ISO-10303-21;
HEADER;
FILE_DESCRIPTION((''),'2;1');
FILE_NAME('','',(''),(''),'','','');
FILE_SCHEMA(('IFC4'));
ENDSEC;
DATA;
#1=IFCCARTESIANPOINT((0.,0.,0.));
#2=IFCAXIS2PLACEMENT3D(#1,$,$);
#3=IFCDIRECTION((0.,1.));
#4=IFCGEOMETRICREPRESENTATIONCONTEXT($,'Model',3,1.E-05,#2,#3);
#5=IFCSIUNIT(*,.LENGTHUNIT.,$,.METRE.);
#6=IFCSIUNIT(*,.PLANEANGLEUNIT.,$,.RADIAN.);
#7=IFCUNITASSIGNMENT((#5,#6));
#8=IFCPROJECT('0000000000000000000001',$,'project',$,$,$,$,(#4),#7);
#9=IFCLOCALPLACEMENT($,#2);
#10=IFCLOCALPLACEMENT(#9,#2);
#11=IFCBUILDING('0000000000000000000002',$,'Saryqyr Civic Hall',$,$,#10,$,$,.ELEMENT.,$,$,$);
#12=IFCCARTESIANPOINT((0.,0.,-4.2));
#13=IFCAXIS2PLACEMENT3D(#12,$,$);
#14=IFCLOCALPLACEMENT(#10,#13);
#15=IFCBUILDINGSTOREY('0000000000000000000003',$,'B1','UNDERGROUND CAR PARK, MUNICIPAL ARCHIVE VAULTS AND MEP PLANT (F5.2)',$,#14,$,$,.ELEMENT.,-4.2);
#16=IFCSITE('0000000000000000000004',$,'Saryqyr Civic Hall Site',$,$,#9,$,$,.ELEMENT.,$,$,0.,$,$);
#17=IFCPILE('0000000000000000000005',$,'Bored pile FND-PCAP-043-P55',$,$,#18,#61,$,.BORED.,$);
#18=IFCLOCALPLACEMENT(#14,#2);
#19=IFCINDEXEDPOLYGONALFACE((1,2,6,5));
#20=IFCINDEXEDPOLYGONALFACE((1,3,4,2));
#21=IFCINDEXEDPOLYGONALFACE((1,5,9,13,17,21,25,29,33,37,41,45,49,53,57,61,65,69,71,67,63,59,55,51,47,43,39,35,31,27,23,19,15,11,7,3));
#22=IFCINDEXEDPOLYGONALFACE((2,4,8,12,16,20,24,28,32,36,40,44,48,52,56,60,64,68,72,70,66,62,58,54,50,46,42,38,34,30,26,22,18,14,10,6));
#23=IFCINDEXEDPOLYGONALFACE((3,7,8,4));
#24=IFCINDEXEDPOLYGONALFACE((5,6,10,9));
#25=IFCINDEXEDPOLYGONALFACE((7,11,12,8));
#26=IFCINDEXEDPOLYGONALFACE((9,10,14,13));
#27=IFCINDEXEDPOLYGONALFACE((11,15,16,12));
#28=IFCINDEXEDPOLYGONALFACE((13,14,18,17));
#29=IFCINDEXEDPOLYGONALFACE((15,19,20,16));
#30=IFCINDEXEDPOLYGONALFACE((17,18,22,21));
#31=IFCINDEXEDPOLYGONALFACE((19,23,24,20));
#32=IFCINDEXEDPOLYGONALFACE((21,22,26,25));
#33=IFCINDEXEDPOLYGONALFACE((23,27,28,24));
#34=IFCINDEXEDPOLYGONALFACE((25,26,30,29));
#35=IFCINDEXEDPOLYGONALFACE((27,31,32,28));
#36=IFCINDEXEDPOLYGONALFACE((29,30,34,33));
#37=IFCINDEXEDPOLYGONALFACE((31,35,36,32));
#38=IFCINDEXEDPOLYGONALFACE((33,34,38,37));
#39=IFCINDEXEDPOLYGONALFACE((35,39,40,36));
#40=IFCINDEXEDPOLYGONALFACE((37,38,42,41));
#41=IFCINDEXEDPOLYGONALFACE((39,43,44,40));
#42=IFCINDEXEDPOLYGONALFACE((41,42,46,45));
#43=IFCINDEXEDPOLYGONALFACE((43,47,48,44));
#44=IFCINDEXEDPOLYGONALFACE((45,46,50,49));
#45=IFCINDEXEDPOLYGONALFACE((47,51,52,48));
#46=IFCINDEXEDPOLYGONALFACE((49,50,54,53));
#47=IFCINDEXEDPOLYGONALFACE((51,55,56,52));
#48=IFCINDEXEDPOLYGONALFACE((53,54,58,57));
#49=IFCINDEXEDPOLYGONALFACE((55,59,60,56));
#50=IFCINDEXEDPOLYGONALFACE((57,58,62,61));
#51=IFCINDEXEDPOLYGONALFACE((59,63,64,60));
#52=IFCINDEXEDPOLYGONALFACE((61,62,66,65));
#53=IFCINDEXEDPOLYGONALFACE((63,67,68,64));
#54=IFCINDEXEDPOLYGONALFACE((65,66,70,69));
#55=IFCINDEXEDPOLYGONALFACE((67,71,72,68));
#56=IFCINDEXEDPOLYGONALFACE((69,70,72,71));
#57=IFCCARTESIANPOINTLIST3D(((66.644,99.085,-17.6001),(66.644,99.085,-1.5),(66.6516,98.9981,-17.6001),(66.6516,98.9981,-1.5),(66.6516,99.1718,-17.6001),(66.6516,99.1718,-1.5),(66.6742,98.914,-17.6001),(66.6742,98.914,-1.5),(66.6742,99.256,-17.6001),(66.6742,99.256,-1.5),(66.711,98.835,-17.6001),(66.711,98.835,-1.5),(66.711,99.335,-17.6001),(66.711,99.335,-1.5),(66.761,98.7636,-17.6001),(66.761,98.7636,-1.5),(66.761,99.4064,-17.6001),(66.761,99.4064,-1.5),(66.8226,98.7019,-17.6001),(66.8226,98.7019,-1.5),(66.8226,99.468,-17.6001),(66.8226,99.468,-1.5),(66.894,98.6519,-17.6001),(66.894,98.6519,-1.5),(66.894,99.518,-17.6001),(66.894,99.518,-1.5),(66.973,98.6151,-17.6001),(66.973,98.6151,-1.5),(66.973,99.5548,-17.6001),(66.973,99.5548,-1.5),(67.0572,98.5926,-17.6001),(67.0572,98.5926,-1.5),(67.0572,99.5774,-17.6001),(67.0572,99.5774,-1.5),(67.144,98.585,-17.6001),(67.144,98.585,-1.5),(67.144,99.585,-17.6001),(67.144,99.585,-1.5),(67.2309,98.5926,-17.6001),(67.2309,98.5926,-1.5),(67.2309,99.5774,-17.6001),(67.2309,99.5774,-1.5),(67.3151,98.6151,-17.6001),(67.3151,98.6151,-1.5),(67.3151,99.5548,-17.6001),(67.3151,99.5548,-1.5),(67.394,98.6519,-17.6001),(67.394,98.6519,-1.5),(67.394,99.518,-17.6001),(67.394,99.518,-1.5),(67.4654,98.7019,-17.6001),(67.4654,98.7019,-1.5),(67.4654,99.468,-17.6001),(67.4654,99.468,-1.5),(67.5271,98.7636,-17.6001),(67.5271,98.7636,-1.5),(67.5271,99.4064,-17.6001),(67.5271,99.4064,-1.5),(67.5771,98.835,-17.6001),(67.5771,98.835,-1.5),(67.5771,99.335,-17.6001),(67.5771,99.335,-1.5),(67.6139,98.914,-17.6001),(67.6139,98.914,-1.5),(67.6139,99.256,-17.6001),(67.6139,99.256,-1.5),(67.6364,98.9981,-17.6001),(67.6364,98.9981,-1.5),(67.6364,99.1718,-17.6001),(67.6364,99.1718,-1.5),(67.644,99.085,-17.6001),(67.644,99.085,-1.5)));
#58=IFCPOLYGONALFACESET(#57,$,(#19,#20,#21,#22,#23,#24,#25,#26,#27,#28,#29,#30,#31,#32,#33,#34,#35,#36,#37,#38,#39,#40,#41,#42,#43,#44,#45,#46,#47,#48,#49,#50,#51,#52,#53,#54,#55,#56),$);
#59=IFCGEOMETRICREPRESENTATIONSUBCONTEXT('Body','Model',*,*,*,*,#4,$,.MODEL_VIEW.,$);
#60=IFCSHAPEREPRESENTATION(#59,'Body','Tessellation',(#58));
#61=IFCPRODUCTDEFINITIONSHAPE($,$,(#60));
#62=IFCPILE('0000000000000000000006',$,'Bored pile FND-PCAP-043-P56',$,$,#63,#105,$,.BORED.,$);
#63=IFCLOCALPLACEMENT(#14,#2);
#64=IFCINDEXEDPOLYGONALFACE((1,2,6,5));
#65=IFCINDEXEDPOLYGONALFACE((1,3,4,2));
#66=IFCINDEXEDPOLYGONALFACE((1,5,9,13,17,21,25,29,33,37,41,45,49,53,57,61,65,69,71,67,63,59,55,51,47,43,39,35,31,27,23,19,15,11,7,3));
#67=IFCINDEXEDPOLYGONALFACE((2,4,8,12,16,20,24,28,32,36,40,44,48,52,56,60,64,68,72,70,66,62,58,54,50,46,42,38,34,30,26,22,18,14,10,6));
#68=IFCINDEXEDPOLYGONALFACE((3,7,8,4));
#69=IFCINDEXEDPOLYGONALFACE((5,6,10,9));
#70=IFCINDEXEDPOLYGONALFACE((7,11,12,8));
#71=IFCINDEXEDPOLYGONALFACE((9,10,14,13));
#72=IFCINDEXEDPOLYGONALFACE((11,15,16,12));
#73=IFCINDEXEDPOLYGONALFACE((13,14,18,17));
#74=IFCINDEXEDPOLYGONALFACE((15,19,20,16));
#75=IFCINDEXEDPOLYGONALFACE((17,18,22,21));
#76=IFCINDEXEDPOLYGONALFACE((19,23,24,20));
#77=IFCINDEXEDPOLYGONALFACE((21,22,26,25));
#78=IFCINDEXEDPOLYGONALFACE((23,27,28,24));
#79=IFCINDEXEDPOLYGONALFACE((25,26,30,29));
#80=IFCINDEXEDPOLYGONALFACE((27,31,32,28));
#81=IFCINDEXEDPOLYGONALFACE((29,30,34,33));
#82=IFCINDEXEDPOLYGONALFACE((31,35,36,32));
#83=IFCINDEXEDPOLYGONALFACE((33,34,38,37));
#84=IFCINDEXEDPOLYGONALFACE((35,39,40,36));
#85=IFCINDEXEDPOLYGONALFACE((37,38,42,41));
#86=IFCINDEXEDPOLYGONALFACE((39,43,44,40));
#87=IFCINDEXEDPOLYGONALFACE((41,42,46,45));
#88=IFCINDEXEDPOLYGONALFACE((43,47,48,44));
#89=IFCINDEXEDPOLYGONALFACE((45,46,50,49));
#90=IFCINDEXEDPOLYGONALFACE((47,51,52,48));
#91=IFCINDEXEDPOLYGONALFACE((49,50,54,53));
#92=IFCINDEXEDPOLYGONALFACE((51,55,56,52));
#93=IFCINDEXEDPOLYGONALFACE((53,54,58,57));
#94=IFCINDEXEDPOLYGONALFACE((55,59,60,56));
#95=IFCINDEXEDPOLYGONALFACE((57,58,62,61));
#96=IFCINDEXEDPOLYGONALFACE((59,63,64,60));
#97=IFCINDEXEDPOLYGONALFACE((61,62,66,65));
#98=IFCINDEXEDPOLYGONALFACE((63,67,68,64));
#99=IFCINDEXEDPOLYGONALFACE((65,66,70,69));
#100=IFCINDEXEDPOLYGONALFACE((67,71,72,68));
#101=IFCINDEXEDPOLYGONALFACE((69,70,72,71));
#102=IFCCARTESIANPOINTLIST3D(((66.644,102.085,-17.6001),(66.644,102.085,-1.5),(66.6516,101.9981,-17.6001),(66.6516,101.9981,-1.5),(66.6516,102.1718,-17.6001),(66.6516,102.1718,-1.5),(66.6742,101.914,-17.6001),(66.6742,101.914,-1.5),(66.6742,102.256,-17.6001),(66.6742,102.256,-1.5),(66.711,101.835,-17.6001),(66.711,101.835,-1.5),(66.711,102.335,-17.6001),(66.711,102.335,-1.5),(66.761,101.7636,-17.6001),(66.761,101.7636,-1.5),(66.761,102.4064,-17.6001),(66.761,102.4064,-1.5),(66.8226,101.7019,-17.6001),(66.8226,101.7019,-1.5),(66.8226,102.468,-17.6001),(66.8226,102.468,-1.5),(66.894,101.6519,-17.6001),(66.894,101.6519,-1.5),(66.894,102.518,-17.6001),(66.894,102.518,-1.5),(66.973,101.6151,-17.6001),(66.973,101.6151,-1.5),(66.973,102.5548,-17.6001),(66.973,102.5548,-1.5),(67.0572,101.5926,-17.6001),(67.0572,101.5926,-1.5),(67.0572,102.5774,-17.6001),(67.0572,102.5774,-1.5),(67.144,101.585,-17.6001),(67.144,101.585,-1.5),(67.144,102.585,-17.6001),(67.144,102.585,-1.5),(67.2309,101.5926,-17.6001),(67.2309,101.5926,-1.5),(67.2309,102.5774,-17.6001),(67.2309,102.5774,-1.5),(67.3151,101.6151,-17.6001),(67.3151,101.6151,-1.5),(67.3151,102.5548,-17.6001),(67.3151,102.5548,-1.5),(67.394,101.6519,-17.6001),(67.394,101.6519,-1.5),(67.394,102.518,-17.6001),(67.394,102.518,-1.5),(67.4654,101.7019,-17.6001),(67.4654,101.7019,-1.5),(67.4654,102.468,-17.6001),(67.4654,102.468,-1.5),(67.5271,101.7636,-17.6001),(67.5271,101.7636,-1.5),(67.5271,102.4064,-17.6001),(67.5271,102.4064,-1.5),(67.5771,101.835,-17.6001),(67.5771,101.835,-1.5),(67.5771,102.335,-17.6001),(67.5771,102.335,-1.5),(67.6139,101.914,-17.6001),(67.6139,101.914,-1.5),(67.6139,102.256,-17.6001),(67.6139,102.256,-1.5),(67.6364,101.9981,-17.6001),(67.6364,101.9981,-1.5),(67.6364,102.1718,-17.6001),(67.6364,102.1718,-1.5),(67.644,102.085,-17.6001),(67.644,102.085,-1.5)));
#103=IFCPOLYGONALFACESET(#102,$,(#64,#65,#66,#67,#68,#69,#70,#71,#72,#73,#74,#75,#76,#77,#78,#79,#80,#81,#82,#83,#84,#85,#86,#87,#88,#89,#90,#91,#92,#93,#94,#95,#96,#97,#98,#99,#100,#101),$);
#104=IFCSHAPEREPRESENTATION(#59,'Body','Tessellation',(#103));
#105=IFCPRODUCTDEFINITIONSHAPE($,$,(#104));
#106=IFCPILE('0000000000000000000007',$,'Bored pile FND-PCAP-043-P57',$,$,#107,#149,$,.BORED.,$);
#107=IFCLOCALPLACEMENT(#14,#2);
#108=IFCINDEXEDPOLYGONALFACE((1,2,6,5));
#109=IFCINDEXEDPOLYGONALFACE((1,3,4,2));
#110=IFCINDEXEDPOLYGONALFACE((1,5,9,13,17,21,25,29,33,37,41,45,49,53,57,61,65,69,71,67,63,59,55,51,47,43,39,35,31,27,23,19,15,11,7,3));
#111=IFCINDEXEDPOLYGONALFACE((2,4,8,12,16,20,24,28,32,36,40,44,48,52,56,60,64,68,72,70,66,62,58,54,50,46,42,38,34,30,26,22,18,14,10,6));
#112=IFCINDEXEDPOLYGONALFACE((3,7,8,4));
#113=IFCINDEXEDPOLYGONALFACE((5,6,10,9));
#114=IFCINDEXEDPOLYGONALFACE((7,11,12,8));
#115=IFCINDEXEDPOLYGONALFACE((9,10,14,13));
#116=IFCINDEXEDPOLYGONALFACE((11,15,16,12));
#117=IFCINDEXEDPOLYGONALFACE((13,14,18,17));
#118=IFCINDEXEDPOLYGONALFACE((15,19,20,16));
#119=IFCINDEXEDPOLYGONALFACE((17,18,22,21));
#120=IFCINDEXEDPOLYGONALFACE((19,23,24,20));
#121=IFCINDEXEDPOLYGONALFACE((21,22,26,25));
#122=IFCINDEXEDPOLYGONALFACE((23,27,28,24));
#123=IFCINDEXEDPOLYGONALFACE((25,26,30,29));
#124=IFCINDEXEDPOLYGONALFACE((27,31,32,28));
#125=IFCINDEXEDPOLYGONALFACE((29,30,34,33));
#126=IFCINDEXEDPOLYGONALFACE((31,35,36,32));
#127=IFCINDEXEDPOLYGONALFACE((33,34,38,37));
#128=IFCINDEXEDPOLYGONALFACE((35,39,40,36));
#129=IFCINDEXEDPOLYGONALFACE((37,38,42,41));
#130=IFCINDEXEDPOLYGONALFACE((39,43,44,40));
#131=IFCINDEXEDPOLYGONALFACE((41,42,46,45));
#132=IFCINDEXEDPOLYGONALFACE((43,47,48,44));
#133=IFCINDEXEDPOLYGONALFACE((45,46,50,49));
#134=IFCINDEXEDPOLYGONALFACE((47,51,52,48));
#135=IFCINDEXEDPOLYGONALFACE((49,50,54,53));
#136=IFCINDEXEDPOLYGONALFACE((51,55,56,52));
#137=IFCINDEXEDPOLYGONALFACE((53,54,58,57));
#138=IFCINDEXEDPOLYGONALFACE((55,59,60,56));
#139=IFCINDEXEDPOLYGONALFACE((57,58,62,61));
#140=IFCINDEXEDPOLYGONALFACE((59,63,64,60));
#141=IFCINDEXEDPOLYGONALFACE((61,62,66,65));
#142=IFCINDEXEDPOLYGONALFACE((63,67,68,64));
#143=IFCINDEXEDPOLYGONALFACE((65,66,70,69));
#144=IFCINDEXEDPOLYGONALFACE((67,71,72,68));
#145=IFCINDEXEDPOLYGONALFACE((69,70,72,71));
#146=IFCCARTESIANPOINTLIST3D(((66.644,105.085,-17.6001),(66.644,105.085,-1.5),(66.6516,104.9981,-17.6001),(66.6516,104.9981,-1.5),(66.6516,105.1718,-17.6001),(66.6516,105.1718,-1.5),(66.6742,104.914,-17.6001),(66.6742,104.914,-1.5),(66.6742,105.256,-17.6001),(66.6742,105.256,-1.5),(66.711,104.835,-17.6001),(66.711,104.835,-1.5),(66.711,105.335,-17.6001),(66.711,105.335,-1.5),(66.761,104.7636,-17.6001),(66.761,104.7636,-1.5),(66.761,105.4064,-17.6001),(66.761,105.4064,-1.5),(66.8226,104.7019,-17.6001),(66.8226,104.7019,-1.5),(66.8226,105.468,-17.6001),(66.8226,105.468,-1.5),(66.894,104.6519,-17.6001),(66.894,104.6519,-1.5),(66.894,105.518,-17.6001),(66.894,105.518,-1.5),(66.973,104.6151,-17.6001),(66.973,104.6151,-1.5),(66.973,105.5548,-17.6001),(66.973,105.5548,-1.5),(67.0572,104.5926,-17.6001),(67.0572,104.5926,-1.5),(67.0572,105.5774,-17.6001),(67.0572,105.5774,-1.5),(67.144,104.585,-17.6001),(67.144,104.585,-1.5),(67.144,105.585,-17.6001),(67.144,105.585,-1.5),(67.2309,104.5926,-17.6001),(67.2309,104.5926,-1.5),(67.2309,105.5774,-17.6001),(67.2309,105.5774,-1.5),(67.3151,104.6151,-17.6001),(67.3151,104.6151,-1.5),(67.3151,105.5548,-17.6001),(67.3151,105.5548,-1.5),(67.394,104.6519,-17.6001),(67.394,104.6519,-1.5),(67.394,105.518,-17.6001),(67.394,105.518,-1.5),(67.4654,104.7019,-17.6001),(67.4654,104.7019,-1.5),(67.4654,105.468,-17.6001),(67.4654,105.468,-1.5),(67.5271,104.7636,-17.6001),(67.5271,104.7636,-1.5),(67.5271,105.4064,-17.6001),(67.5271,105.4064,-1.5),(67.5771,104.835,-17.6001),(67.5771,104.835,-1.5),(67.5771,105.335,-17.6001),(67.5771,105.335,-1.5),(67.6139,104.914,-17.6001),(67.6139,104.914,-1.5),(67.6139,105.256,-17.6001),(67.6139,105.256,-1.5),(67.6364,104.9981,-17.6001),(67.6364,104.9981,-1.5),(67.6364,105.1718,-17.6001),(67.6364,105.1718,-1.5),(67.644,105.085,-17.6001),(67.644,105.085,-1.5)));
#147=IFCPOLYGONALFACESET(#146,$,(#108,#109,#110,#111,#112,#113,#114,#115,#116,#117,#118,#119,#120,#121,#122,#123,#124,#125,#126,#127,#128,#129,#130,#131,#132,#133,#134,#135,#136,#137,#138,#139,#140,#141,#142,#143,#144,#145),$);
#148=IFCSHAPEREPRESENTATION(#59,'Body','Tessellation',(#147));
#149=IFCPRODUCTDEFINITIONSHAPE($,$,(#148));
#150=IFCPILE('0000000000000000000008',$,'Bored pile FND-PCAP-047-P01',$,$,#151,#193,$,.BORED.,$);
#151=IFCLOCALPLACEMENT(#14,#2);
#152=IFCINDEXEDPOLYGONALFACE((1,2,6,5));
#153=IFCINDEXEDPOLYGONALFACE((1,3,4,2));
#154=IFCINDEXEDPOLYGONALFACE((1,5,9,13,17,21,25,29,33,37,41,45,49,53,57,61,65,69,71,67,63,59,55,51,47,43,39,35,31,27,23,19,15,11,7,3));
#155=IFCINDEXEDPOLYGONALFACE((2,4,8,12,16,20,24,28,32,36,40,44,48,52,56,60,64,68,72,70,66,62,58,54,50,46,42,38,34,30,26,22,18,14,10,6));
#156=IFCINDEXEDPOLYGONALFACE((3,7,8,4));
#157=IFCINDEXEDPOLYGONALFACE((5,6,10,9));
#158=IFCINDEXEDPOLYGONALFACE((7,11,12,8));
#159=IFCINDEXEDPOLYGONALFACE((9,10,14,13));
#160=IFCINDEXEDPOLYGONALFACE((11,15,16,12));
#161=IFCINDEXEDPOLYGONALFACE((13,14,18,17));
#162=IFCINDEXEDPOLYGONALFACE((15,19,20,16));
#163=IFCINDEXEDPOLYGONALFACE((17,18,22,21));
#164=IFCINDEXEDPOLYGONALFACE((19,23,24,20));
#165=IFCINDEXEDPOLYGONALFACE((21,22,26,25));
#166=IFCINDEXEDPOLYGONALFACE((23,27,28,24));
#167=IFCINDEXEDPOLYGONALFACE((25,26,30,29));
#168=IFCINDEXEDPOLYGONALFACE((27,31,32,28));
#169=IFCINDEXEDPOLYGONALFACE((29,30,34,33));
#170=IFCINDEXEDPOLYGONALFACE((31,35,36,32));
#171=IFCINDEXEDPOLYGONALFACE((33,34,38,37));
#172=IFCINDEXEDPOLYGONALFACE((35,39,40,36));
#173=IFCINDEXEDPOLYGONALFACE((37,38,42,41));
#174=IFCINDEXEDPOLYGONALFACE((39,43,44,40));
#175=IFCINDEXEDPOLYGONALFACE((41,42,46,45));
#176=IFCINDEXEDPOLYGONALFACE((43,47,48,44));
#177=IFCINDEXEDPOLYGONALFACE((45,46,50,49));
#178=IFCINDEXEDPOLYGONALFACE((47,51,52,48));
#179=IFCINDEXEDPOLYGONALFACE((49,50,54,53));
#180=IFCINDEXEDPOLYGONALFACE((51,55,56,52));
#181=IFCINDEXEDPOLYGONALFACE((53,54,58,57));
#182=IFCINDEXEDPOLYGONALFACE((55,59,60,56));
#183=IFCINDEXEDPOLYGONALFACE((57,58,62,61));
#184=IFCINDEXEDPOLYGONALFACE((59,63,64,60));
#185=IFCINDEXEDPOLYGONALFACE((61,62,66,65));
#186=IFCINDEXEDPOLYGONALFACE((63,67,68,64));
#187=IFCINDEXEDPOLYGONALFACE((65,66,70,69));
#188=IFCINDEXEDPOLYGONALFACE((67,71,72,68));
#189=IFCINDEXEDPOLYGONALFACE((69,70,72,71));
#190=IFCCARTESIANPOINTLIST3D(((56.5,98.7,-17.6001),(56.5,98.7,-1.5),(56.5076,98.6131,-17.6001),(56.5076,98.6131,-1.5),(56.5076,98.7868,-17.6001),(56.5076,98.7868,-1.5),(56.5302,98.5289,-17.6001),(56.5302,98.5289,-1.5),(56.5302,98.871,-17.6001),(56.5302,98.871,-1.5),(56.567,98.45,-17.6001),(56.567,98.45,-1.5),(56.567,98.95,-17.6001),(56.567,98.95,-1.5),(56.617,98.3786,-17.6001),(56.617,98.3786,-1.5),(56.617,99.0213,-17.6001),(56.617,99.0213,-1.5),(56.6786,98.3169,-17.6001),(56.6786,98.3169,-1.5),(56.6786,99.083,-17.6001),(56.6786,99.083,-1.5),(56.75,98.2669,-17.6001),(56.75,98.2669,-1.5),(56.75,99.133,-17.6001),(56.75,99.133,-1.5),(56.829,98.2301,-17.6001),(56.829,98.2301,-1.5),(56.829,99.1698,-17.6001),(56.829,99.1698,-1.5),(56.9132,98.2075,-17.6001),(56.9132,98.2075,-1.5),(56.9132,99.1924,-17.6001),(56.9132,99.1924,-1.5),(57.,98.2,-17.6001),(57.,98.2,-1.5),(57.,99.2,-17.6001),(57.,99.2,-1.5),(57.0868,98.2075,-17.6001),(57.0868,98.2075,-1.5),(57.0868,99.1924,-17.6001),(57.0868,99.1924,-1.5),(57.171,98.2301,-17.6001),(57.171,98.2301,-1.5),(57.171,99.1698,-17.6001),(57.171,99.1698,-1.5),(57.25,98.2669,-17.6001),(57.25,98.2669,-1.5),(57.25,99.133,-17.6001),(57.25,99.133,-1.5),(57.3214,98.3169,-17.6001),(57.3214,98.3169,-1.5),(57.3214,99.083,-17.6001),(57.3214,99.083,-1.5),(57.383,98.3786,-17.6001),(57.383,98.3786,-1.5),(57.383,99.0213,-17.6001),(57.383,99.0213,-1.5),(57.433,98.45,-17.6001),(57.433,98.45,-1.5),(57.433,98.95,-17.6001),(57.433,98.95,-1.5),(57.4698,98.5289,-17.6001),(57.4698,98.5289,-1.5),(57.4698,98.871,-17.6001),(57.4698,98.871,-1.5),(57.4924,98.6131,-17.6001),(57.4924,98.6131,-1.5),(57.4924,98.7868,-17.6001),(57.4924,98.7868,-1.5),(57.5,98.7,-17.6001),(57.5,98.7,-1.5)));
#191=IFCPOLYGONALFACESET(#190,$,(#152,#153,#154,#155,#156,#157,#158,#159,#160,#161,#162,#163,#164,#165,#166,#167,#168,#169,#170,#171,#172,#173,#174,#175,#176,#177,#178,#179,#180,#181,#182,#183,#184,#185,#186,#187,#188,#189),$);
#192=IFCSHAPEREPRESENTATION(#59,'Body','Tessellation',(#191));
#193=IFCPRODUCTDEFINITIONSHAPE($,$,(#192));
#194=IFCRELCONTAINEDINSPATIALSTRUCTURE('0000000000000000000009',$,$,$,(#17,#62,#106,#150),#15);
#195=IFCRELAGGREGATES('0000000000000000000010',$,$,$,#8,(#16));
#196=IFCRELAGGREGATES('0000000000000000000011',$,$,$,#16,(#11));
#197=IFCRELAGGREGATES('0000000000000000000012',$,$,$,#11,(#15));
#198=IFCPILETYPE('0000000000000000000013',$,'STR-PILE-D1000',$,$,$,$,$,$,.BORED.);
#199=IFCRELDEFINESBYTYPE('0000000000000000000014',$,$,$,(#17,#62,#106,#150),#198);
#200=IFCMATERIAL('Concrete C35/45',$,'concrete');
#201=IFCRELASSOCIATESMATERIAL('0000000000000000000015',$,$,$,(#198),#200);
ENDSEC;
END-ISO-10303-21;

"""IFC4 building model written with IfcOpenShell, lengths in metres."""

from ifc_helpers import new_model, si_unit, direction, frame, origin, origin_2d, place, context, subcontext, project, spatial, circle, extrude, material, material_profile, profile_set, type_object, element, save


model = new_model("IFC4")

# Units and contexts
model_context = context("Model", 3, precision=1e-05, world=origin(), true_north=direction((0.0, 1.0)))
body_context = subcontext(model_context, "Body", "Model", "MODEL_VIEW")
ifc_project = project(units=[si_unit("LENGTHUNIT", "METRE"), si_unit("PLANEANGLEUNIT", "RADIAN")], contexts=[model_context])

# Site, building, storey
site_placement = place(None, origin())
site = spatial("IfcSite", under=ifc_project, at=site_placement, Name="Saryqyr Civic Hall Site", CompositionType="ELEMENT", RefElevation=0.0)
building_placement = place(site_placement, origin())
building = spatial("IfcBuilding", under=site, at=building_placement, Name="Saryqyr Civic Hall", CompositionType="ELEMENT")
storey_placement = place(building_placement, frame((0.0, 0.0, -4.2)))
storey = spatial("IfcBuildingStorey", under=building, at=storey_placement, Name="B1", Description="UNDERGROUND CAR PARK, MUNICIPAL ARCHIVE VAULTS AND MEP PLANT (F5.2)", CompositionType="ELEMENT", Elevation=-4.2)

# Shared definitions
ifc_material_1 = material(Name="Concrete C35/45", Category="concrete")

# Piles
ifc_material_profile_1 = material_profile(ifc_material_1, circle(Radius=0.5, at=origin_2d()), Name="BORED PILE D1000")
ifc_profile_set_1 = profile_set([ifc_material_profile_1], Name="Concrete C35/45")
pile_type = type_object("IfcPileType", Name="STR-PILE-D1000", PredefinedType="BORED", material=ifc_profile_set_1)
for number, where, z_axis, x_axis, name in (
    (1, (67.144, 99.085, -1.5), (0.0, 0.0, -1.0), (1.0, 0.0, 0.0), "Bored pile FND-PCAP-043-P55"),
    (2, (67.144, 102.085, -1.5), (0.0, 0.0, -1.0), (1.0, 0.0, 0.0), "Bored pile FND-PCAP-043-P56"),
    (3, (67.144, 105.085, -1.5), (0.0, 0.0, -1.0), (1.0, 0.0, 0.0), "Bored pile FND-PCAP-043-P57"),
    (4, (57.0, 98.7, -1.5), (0.0, 0.0, -1.0), (1.0, 0.0, 0.0), "Bored pile FND-PCAP-047-P01"),
):
    element("IfcPile", number, at=place(storey_placement, frame(where, z_axis=z_axis, x_axis=x_axis)), inside=storey, type_object=pile_type, Name=name, PredefinedType="BORED", context=body_context, shape_type="SweptSolid", body=[
        extrude(circle(Radius=0.5, at=origin_2d()), origin(), (0.0, 0.0, 1.0), 16.1001),
    ])

save(model, "model.ifc")
